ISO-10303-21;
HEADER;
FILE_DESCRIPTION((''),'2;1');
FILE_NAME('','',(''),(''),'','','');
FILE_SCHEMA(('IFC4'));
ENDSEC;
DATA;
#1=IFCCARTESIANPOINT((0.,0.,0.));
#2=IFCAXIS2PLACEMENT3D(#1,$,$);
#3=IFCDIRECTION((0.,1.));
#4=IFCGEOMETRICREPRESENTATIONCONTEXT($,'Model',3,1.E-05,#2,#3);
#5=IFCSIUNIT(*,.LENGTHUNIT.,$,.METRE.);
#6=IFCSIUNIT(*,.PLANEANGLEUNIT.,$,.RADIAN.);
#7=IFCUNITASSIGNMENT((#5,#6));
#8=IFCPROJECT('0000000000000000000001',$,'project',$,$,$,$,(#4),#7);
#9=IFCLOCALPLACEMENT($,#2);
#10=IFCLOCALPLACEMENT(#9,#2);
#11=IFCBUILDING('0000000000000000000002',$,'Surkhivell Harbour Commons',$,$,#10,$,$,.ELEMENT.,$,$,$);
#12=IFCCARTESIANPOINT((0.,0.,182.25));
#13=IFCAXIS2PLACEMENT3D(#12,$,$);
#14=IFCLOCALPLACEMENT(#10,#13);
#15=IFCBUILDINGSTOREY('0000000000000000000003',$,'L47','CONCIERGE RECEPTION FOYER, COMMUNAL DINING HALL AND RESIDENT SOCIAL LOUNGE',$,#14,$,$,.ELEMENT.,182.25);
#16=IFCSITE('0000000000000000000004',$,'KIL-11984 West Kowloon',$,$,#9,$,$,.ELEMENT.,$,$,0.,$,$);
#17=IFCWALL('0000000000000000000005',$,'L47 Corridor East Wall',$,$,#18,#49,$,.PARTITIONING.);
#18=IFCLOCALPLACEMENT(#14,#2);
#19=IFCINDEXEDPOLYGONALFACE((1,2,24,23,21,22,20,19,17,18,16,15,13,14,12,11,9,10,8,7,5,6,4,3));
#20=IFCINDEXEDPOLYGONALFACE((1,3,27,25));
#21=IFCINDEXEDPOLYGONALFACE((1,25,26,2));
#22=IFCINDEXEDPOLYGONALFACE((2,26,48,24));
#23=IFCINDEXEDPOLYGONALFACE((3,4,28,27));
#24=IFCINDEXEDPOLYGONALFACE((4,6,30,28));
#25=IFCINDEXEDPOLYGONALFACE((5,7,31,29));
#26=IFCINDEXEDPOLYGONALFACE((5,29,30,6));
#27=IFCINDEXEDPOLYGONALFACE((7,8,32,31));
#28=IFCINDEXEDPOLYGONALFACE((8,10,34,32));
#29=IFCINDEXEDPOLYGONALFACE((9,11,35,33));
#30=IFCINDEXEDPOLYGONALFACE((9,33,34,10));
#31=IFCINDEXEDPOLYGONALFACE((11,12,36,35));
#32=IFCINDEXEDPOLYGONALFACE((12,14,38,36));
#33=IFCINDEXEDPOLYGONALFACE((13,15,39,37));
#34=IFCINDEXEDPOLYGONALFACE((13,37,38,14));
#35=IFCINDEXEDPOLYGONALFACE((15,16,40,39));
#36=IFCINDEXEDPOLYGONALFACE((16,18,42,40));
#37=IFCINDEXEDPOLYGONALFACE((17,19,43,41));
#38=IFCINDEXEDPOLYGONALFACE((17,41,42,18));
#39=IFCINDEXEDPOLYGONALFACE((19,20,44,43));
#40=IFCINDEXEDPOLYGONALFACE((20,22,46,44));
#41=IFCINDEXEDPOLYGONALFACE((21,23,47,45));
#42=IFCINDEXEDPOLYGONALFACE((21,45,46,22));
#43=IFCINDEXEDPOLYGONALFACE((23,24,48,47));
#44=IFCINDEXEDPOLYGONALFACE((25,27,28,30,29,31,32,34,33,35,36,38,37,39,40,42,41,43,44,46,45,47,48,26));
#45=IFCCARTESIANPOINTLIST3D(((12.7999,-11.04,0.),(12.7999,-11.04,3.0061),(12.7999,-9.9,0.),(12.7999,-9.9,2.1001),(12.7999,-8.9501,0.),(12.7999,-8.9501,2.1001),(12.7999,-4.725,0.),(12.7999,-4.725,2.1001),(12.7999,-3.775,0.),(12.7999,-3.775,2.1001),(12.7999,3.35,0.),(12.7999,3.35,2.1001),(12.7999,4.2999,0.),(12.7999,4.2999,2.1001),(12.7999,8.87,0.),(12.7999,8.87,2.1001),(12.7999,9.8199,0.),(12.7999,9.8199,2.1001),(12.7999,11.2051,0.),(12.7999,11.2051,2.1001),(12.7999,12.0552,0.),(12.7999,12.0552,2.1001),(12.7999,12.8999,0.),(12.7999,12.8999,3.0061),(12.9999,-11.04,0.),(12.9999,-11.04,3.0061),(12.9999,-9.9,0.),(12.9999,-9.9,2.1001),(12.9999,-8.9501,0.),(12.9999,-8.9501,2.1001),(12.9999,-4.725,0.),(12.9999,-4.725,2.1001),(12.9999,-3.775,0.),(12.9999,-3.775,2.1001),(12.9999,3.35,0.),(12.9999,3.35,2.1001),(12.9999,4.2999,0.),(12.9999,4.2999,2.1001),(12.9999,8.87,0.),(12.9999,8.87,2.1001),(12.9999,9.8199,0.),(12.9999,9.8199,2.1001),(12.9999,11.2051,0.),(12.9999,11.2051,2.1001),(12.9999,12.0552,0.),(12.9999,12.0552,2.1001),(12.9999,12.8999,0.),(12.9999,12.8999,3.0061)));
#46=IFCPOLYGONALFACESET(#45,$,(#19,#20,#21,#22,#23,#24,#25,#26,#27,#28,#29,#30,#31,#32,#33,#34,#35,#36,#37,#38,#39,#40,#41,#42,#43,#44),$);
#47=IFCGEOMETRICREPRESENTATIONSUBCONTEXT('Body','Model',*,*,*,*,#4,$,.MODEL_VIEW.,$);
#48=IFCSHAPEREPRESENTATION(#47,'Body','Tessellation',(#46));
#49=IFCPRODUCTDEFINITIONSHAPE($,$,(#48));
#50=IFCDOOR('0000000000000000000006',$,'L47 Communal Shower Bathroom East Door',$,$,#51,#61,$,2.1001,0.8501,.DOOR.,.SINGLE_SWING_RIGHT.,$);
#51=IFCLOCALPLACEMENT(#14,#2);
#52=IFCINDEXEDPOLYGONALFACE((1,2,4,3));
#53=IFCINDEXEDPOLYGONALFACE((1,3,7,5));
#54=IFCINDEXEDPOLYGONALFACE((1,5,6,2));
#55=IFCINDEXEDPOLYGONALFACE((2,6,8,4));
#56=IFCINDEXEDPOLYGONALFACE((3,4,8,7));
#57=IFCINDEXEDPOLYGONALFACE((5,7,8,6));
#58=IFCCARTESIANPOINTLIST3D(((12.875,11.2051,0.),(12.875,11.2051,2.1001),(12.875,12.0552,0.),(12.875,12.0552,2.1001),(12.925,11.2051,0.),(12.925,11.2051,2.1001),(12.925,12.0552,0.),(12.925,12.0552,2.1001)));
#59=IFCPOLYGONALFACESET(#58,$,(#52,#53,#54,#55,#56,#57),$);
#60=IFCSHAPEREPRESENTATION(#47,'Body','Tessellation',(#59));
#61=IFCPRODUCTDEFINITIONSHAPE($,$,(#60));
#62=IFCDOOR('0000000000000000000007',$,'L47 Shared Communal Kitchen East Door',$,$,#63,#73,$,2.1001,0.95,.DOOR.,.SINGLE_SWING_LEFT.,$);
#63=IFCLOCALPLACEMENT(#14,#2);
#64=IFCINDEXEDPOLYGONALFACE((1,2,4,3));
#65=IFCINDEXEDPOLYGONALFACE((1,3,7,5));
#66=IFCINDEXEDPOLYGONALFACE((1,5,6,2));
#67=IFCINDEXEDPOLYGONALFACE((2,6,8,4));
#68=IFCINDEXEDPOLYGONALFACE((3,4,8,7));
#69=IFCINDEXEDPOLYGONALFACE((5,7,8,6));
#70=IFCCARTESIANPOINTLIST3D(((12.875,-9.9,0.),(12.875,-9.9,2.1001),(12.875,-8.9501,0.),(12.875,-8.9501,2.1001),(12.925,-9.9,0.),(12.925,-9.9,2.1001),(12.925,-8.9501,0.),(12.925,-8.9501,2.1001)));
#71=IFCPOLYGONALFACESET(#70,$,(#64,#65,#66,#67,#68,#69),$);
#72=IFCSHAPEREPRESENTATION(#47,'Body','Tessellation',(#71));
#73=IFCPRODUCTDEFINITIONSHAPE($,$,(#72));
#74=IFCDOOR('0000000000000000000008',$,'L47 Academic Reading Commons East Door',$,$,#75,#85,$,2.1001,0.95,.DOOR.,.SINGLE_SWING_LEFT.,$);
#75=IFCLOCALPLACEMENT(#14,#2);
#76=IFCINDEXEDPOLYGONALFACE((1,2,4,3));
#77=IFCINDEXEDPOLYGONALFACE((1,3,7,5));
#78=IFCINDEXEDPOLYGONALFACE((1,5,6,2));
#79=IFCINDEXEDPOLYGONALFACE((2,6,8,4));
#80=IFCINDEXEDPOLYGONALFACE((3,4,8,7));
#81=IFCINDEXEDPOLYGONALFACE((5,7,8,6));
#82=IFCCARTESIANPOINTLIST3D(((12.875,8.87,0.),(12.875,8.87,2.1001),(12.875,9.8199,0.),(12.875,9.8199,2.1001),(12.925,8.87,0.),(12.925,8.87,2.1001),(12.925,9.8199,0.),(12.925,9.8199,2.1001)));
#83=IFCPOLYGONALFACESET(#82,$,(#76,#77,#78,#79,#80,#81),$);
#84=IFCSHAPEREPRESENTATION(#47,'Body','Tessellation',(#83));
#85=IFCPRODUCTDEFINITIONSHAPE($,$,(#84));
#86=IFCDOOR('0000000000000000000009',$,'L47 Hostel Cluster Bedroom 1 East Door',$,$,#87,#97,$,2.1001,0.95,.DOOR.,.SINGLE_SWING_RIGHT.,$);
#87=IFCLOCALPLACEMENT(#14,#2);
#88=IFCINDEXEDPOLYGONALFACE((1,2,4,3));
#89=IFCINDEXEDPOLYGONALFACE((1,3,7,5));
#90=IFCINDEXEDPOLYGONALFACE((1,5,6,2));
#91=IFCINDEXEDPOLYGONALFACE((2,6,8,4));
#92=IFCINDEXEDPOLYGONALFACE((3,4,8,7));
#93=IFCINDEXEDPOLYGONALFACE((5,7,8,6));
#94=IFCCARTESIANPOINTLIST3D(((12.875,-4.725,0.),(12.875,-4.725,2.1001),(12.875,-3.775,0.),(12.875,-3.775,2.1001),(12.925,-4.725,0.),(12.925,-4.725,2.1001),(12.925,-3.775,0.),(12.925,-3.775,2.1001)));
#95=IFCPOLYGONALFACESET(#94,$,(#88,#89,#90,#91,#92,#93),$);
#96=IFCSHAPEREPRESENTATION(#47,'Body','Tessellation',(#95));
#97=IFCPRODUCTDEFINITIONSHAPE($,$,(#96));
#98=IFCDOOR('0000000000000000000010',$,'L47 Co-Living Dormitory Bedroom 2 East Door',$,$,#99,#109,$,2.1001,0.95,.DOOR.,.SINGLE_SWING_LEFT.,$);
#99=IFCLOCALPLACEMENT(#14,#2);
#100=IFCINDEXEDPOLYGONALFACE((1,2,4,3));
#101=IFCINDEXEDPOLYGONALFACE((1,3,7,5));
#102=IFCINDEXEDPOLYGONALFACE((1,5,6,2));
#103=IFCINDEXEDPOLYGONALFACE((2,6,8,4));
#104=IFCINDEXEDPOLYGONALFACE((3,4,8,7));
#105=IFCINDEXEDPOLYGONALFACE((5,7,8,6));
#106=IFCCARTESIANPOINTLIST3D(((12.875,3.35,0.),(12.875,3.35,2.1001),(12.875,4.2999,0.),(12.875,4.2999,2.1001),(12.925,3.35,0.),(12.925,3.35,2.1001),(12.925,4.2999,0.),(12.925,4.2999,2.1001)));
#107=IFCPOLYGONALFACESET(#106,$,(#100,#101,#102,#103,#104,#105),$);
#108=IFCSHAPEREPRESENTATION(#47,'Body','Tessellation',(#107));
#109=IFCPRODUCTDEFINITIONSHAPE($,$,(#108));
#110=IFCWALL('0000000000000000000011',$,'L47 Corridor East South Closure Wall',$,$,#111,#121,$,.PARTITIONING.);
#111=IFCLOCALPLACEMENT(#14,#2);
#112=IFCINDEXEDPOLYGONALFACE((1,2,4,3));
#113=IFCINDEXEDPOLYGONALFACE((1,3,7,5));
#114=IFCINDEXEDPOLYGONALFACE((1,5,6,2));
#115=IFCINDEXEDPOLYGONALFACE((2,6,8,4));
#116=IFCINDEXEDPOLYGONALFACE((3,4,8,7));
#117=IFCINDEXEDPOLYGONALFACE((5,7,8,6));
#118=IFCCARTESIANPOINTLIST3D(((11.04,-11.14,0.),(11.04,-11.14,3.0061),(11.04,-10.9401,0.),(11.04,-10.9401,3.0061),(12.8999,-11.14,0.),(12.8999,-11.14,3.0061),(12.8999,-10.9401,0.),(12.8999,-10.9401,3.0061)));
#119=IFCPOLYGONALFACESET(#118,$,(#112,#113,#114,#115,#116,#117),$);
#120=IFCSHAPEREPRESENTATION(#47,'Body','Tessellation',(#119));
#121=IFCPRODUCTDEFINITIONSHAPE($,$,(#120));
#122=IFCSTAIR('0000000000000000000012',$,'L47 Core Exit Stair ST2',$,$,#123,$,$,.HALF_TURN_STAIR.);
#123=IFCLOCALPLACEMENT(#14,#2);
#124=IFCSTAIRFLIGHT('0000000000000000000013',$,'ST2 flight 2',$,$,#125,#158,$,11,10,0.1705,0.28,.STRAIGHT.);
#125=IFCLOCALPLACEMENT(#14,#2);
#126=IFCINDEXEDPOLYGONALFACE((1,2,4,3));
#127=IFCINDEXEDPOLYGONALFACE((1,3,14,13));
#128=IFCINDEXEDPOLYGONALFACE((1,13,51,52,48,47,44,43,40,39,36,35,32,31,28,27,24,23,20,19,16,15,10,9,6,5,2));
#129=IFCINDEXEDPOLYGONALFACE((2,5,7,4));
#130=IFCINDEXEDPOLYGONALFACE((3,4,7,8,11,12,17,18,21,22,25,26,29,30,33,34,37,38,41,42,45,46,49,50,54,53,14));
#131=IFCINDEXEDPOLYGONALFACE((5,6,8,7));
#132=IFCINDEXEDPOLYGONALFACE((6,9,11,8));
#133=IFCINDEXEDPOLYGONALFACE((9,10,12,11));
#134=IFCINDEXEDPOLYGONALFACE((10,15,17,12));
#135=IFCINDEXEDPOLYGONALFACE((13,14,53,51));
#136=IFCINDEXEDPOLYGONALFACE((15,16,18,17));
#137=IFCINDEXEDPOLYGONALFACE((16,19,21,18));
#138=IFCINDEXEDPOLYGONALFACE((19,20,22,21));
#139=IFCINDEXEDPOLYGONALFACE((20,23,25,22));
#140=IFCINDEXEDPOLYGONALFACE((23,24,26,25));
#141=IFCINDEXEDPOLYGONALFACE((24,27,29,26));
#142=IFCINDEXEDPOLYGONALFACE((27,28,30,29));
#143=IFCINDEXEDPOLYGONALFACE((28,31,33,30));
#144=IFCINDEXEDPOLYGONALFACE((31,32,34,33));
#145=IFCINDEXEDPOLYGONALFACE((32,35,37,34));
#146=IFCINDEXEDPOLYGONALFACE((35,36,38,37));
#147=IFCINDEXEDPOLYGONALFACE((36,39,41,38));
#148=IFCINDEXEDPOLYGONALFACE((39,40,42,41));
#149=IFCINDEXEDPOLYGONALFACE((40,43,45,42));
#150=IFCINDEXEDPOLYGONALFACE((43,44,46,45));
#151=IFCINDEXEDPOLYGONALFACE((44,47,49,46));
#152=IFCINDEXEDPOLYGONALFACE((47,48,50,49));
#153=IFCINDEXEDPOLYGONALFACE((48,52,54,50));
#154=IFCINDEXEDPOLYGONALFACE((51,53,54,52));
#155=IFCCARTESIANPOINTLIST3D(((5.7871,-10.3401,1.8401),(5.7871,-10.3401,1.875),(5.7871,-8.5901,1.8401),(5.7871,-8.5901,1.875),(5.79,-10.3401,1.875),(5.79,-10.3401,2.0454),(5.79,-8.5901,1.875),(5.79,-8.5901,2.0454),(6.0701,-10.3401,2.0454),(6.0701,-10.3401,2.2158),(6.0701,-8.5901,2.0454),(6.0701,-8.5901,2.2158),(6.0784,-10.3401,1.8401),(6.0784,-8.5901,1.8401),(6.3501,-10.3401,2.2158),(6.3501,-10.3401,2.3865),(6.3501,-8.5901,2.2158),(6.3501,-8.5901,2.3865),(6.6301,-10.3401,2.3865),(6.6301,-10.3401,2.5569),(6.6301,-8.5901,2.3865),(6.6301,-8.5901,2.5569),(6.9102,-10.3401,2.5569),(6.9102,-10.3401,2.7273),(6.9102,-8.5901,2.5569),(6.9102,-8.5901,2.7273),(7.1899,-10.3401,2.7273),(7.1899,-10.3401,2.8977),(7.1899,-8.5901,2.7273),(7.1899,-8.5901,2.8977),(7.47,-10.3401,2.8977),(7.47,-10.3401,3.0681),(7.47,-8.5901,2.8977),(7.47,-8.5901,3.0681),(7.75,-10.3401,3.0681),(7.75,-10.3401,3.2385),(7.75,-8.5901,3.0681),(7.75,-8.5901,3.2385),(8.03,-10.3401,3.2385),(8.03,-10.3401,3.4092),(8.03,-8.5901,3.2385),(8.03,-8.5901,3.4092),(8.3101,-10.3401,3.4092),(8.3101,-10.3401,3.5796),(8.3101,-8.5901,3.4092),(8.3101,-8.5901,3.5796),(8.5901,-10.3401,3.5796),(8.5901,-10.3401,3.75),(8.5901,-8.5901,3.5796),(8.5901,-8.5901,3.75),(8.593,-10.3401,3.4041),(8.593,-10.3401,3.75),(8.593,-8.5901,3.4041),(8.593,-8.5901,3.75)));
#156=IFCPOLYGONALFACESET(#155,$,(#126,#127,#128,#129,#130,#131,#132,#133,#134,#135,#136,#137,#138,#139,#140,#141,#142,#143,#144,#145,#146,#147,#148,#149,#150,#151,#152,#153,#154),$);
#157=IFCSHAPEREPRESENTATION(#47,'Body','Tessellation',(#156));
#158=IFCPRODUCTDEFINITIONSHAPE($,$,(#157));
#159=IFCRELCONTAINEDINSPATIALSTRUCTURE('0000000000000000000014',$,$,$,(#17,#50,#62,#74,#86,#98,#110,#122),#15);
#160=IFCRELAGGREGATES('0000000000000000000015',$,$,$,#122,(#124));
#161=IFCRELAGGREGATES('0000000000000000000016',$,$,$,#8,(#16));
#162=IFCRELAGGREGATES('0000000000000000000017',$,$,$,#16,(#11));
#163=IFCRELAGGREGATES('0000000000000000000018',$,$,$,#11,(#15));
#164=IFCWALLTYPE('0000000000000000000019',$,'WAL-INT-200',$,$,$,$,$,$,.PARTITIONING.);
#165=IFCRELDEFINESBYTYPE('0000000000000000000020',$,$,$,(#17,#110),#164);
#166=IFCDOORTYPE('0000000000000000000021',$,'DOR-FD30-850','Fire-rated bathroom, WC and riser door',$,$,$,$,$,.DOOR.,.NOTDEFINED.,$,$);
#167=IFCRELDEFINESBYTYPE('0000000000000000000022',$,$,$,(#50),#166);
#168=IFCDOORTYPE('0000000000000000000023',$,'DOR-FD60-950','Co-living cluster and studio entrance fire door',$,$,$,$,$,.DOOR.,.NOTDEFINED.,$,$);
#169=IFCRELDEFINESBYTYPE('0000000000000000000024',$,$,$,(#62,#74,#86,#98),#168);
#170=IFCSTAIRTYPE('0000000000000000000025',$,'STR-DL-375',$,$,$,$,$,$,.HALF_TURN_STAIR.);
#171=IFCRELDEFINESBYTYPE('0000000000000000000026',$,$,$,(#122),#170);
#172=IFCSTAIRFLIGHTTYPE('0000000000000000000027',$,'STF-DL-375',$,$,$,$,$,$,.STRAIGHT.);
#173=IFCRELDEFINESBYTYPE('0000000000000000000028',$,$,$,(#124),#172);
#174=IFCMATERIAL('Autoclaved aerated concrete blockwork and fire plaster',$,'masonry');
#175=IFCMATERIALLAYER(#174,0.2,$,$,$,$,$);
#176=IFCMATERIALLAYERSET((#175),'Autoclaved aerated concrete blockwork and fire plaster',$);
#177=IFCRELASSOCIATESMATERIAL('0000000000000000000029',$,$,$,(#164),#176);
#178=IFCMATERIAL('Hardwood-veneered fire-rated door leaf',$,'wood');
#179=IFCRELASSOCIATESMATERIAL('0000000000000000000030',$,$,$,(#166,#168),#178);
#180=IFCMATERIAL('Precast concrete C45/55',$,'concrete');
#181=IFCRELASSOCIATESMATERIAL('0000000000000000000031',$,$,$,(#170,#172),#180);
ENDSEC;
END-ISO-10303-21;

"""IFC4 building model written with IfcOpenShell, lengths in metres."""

from ifc_helpers import new_model, si_unit, direction, frame, frame_2d, origin, place, context, subcontext, project, spatial, polyline, rectangle, outline, extrude, material, layer, layer_set, type_object, element, fill, aggregate, save


model = new_model("IFC4")

# Units and contexts
model_context = context("Model", 3, precision=1e-05, world=origin(), true_north=direction((0.0, 1.0)))
body_context = subcontext(model_context, "Body", "Model", "MODEL_VIEW")
ifc_project = project(units=[si_unit("LENGTHUNIT", "METRE"), si_unit("PLANEANGLEUNIT", "RADIAN")], contexts=[model_context])

# Site, building, storey
site_placement = place(None, origin())
site = spatial("IfcSite", under=ifc_project, at=site_placement, Name="KIL-11984 West Kowloon", CompositionType="ELEMENT", RefElevation=0.0)
building_placement = place(site_placement, origin())
building = spatial("IfcBuilding", under=site, at=building_placement, Name="Surkhivell Harbour Commons", CompositionType="ELEMENT")
storey_placement = place(building_placement, frame((0.0, 0.0, 182.25)))
storey = spatial("IfcBuildingStorey", under=building, at=storey_placement, Name="L47", Description="CONCIERGE RECEPTION FOYER, COMMUNAL DINING HALL AND RESIDENT SOCIAL LOUNGE", CompositionType="ELEMENT", Elevation=182.25)

# Wall, openings, doors
ifc_material_1 = material(Name="Autoclaved aerated concrete blockwork and fire plaster", Category="masonry")
ifc_layer_1 = layer(ifc_material_1, 0.2)
ifc_layer_set_1 = layer_set([ifc_layer_1], Name="Autoclaved aerated concrete blockwork and fire plaster")
wall_type_1 = type_object("IfcWallType", Name="WAL-INT-200", PredefinedType="PARTITIONING", material=ifc_layer_set_1)
wall_1_placement = place(storey_placement, frame((12.8999, -11.04, 0.0), z_axis=(0.0, 0.0, 1.0), x_axis=(0.0, 1.0, 0.0)))
wall_1 = element("IfcWall", 1, at=wall_1_placement, inside=storey, type_object=wall_type_1, Name="L47 Corridor East Wall", PredefinedType="PARTITIONING", context=body_context, shape_type="SweptSolid", body=[
    extrude(rectangle(XDim=23.9399, YDim=0.2, at=frame_2d((11.97, 0.0))), origin(), (0.0, 0.0, 1.0), 3.0061),
])
opening_1_placement = place(wall_1_placement, frame((1.1399, 0.0, 0.0)))
opening_1 = element("IfcOpeningElement", 2, at=opening_1_placement, cuts=wall_1, PredefinedType="OPENING", context=body_context, shape_type="SweptSolid", body=[
    extrude(rectangle(XDim=0.95, YDim=2.1001, at=frame_2d((0.4751, 1.05))), frame((0.0, 0.1099, 0.0), z_axis=(0.0, -1.0, 0.0), x_axis=(1.0, 0.0, 0.0)), (0.0, 0.0, 1.0), 0.22),
])
opening_2_placement = place(wall_1_placement, frame((22.2451, 0.0, 0.0)))
opening_2 = element("IfcOpeningElement", 3, at=opening_2_placement, cuts=wall_1, PredefinedType="OPENING", context=body_context, shape_type="SweptSolid", body=[
    extrude(rectangle(XDim=0.8501, YDim=2.1001, at=frame_2d((0.425, 1.05))), frame((0.0, 0.1099, 0.0), z_axis=(0.0, -1.0, 0.0), x_axis=(1.0, 0.0, 0.0)), (0.0, 0.0, 1.0), 0.22),
])
opening_3_placement = place(wall_1_placement, frame((19.9099, 0.0, 0.0)))
opening_3 = element("IfcOpeningElement", 4, at=opening_3_placement, cuts=wall_1, PredefinedType="OPENING", context=body_context, shape_type="SweptSolid", body=[
    extrude(rectangle(XDim=0.95, YDim=2.1001, at=frame_2d((0.4751, 1.05))), frame((0.0, 0.1099, 0.0), z_axis=(0.0, -1.0, 0.0), x_axis=(1.0, 0.0, 0.0)), (0.0, 0.0, 1.0), 0.22),
])
opening_4_placement = place(wall_1_placement, frame((6.3149, 0.0, 0.0)))
opening_4 = element("IfcOpeningElement", 5, at=opening_4_placement, cuts=wall_1, PredefinedType="OPENING", context=body_context, shape_type="SweptSolid", body=[
    extrude(rectangle(XDim=0.95, YDim=2.1001, at=frame_2d((0.4751, 1.05))), frame((0.0, 0.1099, 0.0), z_axis=(0.0, -1.0, 0.0), x_axis=(1.0, 0.0, 0.0)), (0.0, 0.0, 1.0), 0.22),
])
opening_5_placement = place(wall_1_placement, frame((14.3899, 0.0, 0.0)))
opening_5 = element("IfcOpeningElement", 6, at=opening_5_placement, cuts=wall_1, PredefinedType="OPENING", context=body_context, shape_type="SweptSolid", body=[
    extrude(rectangle(XDim=0.95, YDim=2.1001, at=frame_2d((0.4751, 1.05))), frame((0.0, 0.1099, 0.0), z_axis=(0.0, -1.0, 0.0), x_axis=(1.0, 0.0, 0.0)), (0.0, 0.0, 1.0), 0.22),
])
ifc_material_2 = material(Name="Hardwood-veneered fire-rated door leaf", Category="wood")
door_type_1 = type_object("IfcDoorType", Name="DOR-FD30-850", Description="Fire-rated bathroom, WC and riser door", OperationType="NOTDEFINED", PredefinedType="DOOR", material=ifc_material_2)
door_1_placement = place(opening_2_placement, origin())
door_1 = element("IfcDoor", 7, at=door_1_placement, inside=storey, type_object=door_type_1, Name="L47 Communal Shower Bathroom East Door", OperationType="SINGLE_SWING_RIGHT", OverallHeight=2.1001, OverallWidth=0.8501, PredefinedType="DOOR", context=body_context, shape_type="SweptSolid", body=[
    extrude(rectangle(XDim=0.8501, YDim=2.1001, at=frame_2d((0.425, 1.05))), frame((0.0, 0.0249, 0.0), z_axis=(0.0, -1.0, 0.0), x_axis=(1.0, 0.0, 0.0)), (0.0, 0.0, 1.0), 0.05),
])
fill(opening_2, door_1)
door_type_2 = type_object("IfcDoorType", Name="DOR-FD60-950", Description="Co-living cluster and studio entrance fire door", OperationType="NOTDEFINED", PredefinedType="DOOR", material=ifc_material_2)
door_2_placement = place(opening_1_placement, origin())
door_2 = element("IfcDoor", 8, at=door_2_placement, inside=storey, type_object=door_type_2, Name="L47 Shared Communal Kitchen East Door", OperationType="SINGLE_SWING_LEFT", OverallHeight=2.1001, OverallWidth=0.95, PredefinedType="DOOR", context=body_context, shape_type="SweptSolid", body=[
    extrude(rectangle(XDim=0.95, YDim=2.1001, at=frame_2d((0.4751, 1.05))), frame((0.0, 0.0249, 0.0), z_axis=(0.0, -1.0, 0.0), x_axis=(1.0, 0.0, 0.0)), (0.0, 0.0, 1.0), 0.05),
])
fill(opening_1, door_2)
door_3_placement = place(opening_3_placement, origin())
door_3 = element("IfcDoor", 9, at=door_3_placement, inside=storey, type_object=door_type_2, Name="L47 Academic Reading Commons East Door", OperationType="SINGLE_SWING_LEFT", OverallHeight=2.1001, OverallWidth=0.95, PredefinedType="DOOR", context=body_context, shape_type="SweptSolid", body=[
    extrude(rectangle(XDim=0.95, YDim=2.1001, at=frame_2d((0.4751, 1.05))), frame((0.0, 0.0249, 0.0), z_axis=(0.0, -1.0, 0.0), x_axis=(1.0, 0.0, 0.0)), (0.0, 0.0, 1.0), 0.05),
])
fill(opening_3, door_3)
door_4_placement = place(opening_4_placement, origin())
door_4 = element("IfcDoor", 10, at=door_4_placement, inside=storey, type_object=door_type_2, Name="L47 Hostel Cluster Bedroom 1 East Door", OperationType="SINGLE_SWING_RIGHT", OverallHeight=2.1001, OverallWidth=0.95, PredefinedType="DOOR", context=body_context, shape_type="SweptSolid", body=[
    extrude(rectangle(XDim=0.95, YDim=2.1001, at=frame_2d((0.4751, 1.05))), frame((0.0, 0.0249, 0.0), z_axis=(0.0, -1.0, 0.0), x_axis=(1.0, 0.0, 0.0)), (0.0, 0.0, 1.0), 0.05),
])
fill(opening_4, door_4)
door_5_placement = place(opening_5_placement, origin())
door_5 = element("IfcDoor", 11, at=door_5_placement, inside=storey, type_object=door_type_2, Name="L47 Co-Living Dormitory Bedroom 2 East Door", OperationType="SINGLE_SWING_LEFT", OverallHeight=2.1001, OverallWidth=0.95, PredefinedType="DOOR", context=body_context, shape_type="SweptSolid", body=[
    extrude(rectangle(XDim=0.95, YDim=2.1001, at=frame_2d((0.4751, 1.05))), frame((0.0, 0.0249, 0.0), z_axis=(0.0, -1.0, 0.0), x_axis=(1.0, 0.0, 0.0)), (0.0, 0.0, 1.0), 0.05),
])
fill(opening_5, door_5)

# Wall
wall_2_placement = place(storey_placement, frame((11.04, -11.04, 0.0), z_axis=(0.0, 0.0, 1.0), x_axis=(1.0, 0.0, 0.0)))
element("IfcWall", 12, at=wall_2_placement, inside=storey, type_object=wall_type_1, Name="L47 Corridor East South Closure Wall", PredefinedType="PARTITIONING", context=body_context, shape_type="SweptSolid", body=[
    extrude(rectangle(XDim=1.8599, YDim=0.2, at=frame_2d((0.9299, 0.0))), origin(), (0.0, 0.0, 1.0), 3.0061),
])

# Stair, stair flight
ifc_material_3 = material(Name="Precast concrete C45/55", Category="concrete")
stair_type = type_object("IfcStairType", Name="STR-DL-375", PredefinedType="HALF_TURN_STAIR", material=ifc_material_3)
stair_placement = place(storey_placement, origin())
stair = element("IfcStair", 13, at=stair_placement, inside=storey, type_object=stair_type, Name="L47 Core Exit Stair ST2", PredefinedType="HALF_TURN_STAIR")
stair_flight_type = type_object("IfcStairFlightType", Name="STF-DL-375", PredefinedType="STRAIGHT", material=ifc_material_3)
stair_flight_placement = place(storey_placement, frame((5.79, -9.4651, 1.875), z_axis=(0.0, 0.0, 1.0), x_axis=(1.0, 0.0, 0.0)))
stair_flight = element("IfcStairFlight", 14, at=stair_flight_placement, type_object=stair_flight_type, Name="ST2 flight 2", NumberOfRisers=11, NumberOfTreads=10, PredefinedType="STRAIGHT", RiserHeight=0.1705, TreadLength=0.28, context=body_context, shape_type="SweptSolid", body=[
    extrude(outline(polyline([(-0.0029, -0.0349), (-0.0029, 0.0), (0.0, 0.0), (0.0, 0.1704), (0.28, 0.1704), (0.28, 0.3408), (0.5601, 0.3408), (0.5601, 0.5115), (0.8401, 0.5115), (0.8401, 0.6819), (1.1201, 0.6819), (1.1201, 0.8523), (1.3999, 0.8523), (1.3999, 1.0227), (1.6799, 1.0227), (1.6799, 1.1931), (1.96, 1.1931), (1.96, 1.3635), (2.24, 1.3635), (2.24, 1.5342), (2.52, 1.5342), (2.52, 1.7046), (2.8, 1.7046), (2.8, 1.875), (2.803, 1.875), (2.803, 1.5291), (0.2883, -0.0349), (-0.0029, -0.0349)])), frame((0.0, 0.875, 0.0), z_axis=(0.0, -1.0, 0.0), x_axis=(1.0, 0.0, 0.0)), (0.0, 0.0, 1.0), 1.75),
])
aggregate(stair, [stair_flight])

save(model, "model.ifc")
